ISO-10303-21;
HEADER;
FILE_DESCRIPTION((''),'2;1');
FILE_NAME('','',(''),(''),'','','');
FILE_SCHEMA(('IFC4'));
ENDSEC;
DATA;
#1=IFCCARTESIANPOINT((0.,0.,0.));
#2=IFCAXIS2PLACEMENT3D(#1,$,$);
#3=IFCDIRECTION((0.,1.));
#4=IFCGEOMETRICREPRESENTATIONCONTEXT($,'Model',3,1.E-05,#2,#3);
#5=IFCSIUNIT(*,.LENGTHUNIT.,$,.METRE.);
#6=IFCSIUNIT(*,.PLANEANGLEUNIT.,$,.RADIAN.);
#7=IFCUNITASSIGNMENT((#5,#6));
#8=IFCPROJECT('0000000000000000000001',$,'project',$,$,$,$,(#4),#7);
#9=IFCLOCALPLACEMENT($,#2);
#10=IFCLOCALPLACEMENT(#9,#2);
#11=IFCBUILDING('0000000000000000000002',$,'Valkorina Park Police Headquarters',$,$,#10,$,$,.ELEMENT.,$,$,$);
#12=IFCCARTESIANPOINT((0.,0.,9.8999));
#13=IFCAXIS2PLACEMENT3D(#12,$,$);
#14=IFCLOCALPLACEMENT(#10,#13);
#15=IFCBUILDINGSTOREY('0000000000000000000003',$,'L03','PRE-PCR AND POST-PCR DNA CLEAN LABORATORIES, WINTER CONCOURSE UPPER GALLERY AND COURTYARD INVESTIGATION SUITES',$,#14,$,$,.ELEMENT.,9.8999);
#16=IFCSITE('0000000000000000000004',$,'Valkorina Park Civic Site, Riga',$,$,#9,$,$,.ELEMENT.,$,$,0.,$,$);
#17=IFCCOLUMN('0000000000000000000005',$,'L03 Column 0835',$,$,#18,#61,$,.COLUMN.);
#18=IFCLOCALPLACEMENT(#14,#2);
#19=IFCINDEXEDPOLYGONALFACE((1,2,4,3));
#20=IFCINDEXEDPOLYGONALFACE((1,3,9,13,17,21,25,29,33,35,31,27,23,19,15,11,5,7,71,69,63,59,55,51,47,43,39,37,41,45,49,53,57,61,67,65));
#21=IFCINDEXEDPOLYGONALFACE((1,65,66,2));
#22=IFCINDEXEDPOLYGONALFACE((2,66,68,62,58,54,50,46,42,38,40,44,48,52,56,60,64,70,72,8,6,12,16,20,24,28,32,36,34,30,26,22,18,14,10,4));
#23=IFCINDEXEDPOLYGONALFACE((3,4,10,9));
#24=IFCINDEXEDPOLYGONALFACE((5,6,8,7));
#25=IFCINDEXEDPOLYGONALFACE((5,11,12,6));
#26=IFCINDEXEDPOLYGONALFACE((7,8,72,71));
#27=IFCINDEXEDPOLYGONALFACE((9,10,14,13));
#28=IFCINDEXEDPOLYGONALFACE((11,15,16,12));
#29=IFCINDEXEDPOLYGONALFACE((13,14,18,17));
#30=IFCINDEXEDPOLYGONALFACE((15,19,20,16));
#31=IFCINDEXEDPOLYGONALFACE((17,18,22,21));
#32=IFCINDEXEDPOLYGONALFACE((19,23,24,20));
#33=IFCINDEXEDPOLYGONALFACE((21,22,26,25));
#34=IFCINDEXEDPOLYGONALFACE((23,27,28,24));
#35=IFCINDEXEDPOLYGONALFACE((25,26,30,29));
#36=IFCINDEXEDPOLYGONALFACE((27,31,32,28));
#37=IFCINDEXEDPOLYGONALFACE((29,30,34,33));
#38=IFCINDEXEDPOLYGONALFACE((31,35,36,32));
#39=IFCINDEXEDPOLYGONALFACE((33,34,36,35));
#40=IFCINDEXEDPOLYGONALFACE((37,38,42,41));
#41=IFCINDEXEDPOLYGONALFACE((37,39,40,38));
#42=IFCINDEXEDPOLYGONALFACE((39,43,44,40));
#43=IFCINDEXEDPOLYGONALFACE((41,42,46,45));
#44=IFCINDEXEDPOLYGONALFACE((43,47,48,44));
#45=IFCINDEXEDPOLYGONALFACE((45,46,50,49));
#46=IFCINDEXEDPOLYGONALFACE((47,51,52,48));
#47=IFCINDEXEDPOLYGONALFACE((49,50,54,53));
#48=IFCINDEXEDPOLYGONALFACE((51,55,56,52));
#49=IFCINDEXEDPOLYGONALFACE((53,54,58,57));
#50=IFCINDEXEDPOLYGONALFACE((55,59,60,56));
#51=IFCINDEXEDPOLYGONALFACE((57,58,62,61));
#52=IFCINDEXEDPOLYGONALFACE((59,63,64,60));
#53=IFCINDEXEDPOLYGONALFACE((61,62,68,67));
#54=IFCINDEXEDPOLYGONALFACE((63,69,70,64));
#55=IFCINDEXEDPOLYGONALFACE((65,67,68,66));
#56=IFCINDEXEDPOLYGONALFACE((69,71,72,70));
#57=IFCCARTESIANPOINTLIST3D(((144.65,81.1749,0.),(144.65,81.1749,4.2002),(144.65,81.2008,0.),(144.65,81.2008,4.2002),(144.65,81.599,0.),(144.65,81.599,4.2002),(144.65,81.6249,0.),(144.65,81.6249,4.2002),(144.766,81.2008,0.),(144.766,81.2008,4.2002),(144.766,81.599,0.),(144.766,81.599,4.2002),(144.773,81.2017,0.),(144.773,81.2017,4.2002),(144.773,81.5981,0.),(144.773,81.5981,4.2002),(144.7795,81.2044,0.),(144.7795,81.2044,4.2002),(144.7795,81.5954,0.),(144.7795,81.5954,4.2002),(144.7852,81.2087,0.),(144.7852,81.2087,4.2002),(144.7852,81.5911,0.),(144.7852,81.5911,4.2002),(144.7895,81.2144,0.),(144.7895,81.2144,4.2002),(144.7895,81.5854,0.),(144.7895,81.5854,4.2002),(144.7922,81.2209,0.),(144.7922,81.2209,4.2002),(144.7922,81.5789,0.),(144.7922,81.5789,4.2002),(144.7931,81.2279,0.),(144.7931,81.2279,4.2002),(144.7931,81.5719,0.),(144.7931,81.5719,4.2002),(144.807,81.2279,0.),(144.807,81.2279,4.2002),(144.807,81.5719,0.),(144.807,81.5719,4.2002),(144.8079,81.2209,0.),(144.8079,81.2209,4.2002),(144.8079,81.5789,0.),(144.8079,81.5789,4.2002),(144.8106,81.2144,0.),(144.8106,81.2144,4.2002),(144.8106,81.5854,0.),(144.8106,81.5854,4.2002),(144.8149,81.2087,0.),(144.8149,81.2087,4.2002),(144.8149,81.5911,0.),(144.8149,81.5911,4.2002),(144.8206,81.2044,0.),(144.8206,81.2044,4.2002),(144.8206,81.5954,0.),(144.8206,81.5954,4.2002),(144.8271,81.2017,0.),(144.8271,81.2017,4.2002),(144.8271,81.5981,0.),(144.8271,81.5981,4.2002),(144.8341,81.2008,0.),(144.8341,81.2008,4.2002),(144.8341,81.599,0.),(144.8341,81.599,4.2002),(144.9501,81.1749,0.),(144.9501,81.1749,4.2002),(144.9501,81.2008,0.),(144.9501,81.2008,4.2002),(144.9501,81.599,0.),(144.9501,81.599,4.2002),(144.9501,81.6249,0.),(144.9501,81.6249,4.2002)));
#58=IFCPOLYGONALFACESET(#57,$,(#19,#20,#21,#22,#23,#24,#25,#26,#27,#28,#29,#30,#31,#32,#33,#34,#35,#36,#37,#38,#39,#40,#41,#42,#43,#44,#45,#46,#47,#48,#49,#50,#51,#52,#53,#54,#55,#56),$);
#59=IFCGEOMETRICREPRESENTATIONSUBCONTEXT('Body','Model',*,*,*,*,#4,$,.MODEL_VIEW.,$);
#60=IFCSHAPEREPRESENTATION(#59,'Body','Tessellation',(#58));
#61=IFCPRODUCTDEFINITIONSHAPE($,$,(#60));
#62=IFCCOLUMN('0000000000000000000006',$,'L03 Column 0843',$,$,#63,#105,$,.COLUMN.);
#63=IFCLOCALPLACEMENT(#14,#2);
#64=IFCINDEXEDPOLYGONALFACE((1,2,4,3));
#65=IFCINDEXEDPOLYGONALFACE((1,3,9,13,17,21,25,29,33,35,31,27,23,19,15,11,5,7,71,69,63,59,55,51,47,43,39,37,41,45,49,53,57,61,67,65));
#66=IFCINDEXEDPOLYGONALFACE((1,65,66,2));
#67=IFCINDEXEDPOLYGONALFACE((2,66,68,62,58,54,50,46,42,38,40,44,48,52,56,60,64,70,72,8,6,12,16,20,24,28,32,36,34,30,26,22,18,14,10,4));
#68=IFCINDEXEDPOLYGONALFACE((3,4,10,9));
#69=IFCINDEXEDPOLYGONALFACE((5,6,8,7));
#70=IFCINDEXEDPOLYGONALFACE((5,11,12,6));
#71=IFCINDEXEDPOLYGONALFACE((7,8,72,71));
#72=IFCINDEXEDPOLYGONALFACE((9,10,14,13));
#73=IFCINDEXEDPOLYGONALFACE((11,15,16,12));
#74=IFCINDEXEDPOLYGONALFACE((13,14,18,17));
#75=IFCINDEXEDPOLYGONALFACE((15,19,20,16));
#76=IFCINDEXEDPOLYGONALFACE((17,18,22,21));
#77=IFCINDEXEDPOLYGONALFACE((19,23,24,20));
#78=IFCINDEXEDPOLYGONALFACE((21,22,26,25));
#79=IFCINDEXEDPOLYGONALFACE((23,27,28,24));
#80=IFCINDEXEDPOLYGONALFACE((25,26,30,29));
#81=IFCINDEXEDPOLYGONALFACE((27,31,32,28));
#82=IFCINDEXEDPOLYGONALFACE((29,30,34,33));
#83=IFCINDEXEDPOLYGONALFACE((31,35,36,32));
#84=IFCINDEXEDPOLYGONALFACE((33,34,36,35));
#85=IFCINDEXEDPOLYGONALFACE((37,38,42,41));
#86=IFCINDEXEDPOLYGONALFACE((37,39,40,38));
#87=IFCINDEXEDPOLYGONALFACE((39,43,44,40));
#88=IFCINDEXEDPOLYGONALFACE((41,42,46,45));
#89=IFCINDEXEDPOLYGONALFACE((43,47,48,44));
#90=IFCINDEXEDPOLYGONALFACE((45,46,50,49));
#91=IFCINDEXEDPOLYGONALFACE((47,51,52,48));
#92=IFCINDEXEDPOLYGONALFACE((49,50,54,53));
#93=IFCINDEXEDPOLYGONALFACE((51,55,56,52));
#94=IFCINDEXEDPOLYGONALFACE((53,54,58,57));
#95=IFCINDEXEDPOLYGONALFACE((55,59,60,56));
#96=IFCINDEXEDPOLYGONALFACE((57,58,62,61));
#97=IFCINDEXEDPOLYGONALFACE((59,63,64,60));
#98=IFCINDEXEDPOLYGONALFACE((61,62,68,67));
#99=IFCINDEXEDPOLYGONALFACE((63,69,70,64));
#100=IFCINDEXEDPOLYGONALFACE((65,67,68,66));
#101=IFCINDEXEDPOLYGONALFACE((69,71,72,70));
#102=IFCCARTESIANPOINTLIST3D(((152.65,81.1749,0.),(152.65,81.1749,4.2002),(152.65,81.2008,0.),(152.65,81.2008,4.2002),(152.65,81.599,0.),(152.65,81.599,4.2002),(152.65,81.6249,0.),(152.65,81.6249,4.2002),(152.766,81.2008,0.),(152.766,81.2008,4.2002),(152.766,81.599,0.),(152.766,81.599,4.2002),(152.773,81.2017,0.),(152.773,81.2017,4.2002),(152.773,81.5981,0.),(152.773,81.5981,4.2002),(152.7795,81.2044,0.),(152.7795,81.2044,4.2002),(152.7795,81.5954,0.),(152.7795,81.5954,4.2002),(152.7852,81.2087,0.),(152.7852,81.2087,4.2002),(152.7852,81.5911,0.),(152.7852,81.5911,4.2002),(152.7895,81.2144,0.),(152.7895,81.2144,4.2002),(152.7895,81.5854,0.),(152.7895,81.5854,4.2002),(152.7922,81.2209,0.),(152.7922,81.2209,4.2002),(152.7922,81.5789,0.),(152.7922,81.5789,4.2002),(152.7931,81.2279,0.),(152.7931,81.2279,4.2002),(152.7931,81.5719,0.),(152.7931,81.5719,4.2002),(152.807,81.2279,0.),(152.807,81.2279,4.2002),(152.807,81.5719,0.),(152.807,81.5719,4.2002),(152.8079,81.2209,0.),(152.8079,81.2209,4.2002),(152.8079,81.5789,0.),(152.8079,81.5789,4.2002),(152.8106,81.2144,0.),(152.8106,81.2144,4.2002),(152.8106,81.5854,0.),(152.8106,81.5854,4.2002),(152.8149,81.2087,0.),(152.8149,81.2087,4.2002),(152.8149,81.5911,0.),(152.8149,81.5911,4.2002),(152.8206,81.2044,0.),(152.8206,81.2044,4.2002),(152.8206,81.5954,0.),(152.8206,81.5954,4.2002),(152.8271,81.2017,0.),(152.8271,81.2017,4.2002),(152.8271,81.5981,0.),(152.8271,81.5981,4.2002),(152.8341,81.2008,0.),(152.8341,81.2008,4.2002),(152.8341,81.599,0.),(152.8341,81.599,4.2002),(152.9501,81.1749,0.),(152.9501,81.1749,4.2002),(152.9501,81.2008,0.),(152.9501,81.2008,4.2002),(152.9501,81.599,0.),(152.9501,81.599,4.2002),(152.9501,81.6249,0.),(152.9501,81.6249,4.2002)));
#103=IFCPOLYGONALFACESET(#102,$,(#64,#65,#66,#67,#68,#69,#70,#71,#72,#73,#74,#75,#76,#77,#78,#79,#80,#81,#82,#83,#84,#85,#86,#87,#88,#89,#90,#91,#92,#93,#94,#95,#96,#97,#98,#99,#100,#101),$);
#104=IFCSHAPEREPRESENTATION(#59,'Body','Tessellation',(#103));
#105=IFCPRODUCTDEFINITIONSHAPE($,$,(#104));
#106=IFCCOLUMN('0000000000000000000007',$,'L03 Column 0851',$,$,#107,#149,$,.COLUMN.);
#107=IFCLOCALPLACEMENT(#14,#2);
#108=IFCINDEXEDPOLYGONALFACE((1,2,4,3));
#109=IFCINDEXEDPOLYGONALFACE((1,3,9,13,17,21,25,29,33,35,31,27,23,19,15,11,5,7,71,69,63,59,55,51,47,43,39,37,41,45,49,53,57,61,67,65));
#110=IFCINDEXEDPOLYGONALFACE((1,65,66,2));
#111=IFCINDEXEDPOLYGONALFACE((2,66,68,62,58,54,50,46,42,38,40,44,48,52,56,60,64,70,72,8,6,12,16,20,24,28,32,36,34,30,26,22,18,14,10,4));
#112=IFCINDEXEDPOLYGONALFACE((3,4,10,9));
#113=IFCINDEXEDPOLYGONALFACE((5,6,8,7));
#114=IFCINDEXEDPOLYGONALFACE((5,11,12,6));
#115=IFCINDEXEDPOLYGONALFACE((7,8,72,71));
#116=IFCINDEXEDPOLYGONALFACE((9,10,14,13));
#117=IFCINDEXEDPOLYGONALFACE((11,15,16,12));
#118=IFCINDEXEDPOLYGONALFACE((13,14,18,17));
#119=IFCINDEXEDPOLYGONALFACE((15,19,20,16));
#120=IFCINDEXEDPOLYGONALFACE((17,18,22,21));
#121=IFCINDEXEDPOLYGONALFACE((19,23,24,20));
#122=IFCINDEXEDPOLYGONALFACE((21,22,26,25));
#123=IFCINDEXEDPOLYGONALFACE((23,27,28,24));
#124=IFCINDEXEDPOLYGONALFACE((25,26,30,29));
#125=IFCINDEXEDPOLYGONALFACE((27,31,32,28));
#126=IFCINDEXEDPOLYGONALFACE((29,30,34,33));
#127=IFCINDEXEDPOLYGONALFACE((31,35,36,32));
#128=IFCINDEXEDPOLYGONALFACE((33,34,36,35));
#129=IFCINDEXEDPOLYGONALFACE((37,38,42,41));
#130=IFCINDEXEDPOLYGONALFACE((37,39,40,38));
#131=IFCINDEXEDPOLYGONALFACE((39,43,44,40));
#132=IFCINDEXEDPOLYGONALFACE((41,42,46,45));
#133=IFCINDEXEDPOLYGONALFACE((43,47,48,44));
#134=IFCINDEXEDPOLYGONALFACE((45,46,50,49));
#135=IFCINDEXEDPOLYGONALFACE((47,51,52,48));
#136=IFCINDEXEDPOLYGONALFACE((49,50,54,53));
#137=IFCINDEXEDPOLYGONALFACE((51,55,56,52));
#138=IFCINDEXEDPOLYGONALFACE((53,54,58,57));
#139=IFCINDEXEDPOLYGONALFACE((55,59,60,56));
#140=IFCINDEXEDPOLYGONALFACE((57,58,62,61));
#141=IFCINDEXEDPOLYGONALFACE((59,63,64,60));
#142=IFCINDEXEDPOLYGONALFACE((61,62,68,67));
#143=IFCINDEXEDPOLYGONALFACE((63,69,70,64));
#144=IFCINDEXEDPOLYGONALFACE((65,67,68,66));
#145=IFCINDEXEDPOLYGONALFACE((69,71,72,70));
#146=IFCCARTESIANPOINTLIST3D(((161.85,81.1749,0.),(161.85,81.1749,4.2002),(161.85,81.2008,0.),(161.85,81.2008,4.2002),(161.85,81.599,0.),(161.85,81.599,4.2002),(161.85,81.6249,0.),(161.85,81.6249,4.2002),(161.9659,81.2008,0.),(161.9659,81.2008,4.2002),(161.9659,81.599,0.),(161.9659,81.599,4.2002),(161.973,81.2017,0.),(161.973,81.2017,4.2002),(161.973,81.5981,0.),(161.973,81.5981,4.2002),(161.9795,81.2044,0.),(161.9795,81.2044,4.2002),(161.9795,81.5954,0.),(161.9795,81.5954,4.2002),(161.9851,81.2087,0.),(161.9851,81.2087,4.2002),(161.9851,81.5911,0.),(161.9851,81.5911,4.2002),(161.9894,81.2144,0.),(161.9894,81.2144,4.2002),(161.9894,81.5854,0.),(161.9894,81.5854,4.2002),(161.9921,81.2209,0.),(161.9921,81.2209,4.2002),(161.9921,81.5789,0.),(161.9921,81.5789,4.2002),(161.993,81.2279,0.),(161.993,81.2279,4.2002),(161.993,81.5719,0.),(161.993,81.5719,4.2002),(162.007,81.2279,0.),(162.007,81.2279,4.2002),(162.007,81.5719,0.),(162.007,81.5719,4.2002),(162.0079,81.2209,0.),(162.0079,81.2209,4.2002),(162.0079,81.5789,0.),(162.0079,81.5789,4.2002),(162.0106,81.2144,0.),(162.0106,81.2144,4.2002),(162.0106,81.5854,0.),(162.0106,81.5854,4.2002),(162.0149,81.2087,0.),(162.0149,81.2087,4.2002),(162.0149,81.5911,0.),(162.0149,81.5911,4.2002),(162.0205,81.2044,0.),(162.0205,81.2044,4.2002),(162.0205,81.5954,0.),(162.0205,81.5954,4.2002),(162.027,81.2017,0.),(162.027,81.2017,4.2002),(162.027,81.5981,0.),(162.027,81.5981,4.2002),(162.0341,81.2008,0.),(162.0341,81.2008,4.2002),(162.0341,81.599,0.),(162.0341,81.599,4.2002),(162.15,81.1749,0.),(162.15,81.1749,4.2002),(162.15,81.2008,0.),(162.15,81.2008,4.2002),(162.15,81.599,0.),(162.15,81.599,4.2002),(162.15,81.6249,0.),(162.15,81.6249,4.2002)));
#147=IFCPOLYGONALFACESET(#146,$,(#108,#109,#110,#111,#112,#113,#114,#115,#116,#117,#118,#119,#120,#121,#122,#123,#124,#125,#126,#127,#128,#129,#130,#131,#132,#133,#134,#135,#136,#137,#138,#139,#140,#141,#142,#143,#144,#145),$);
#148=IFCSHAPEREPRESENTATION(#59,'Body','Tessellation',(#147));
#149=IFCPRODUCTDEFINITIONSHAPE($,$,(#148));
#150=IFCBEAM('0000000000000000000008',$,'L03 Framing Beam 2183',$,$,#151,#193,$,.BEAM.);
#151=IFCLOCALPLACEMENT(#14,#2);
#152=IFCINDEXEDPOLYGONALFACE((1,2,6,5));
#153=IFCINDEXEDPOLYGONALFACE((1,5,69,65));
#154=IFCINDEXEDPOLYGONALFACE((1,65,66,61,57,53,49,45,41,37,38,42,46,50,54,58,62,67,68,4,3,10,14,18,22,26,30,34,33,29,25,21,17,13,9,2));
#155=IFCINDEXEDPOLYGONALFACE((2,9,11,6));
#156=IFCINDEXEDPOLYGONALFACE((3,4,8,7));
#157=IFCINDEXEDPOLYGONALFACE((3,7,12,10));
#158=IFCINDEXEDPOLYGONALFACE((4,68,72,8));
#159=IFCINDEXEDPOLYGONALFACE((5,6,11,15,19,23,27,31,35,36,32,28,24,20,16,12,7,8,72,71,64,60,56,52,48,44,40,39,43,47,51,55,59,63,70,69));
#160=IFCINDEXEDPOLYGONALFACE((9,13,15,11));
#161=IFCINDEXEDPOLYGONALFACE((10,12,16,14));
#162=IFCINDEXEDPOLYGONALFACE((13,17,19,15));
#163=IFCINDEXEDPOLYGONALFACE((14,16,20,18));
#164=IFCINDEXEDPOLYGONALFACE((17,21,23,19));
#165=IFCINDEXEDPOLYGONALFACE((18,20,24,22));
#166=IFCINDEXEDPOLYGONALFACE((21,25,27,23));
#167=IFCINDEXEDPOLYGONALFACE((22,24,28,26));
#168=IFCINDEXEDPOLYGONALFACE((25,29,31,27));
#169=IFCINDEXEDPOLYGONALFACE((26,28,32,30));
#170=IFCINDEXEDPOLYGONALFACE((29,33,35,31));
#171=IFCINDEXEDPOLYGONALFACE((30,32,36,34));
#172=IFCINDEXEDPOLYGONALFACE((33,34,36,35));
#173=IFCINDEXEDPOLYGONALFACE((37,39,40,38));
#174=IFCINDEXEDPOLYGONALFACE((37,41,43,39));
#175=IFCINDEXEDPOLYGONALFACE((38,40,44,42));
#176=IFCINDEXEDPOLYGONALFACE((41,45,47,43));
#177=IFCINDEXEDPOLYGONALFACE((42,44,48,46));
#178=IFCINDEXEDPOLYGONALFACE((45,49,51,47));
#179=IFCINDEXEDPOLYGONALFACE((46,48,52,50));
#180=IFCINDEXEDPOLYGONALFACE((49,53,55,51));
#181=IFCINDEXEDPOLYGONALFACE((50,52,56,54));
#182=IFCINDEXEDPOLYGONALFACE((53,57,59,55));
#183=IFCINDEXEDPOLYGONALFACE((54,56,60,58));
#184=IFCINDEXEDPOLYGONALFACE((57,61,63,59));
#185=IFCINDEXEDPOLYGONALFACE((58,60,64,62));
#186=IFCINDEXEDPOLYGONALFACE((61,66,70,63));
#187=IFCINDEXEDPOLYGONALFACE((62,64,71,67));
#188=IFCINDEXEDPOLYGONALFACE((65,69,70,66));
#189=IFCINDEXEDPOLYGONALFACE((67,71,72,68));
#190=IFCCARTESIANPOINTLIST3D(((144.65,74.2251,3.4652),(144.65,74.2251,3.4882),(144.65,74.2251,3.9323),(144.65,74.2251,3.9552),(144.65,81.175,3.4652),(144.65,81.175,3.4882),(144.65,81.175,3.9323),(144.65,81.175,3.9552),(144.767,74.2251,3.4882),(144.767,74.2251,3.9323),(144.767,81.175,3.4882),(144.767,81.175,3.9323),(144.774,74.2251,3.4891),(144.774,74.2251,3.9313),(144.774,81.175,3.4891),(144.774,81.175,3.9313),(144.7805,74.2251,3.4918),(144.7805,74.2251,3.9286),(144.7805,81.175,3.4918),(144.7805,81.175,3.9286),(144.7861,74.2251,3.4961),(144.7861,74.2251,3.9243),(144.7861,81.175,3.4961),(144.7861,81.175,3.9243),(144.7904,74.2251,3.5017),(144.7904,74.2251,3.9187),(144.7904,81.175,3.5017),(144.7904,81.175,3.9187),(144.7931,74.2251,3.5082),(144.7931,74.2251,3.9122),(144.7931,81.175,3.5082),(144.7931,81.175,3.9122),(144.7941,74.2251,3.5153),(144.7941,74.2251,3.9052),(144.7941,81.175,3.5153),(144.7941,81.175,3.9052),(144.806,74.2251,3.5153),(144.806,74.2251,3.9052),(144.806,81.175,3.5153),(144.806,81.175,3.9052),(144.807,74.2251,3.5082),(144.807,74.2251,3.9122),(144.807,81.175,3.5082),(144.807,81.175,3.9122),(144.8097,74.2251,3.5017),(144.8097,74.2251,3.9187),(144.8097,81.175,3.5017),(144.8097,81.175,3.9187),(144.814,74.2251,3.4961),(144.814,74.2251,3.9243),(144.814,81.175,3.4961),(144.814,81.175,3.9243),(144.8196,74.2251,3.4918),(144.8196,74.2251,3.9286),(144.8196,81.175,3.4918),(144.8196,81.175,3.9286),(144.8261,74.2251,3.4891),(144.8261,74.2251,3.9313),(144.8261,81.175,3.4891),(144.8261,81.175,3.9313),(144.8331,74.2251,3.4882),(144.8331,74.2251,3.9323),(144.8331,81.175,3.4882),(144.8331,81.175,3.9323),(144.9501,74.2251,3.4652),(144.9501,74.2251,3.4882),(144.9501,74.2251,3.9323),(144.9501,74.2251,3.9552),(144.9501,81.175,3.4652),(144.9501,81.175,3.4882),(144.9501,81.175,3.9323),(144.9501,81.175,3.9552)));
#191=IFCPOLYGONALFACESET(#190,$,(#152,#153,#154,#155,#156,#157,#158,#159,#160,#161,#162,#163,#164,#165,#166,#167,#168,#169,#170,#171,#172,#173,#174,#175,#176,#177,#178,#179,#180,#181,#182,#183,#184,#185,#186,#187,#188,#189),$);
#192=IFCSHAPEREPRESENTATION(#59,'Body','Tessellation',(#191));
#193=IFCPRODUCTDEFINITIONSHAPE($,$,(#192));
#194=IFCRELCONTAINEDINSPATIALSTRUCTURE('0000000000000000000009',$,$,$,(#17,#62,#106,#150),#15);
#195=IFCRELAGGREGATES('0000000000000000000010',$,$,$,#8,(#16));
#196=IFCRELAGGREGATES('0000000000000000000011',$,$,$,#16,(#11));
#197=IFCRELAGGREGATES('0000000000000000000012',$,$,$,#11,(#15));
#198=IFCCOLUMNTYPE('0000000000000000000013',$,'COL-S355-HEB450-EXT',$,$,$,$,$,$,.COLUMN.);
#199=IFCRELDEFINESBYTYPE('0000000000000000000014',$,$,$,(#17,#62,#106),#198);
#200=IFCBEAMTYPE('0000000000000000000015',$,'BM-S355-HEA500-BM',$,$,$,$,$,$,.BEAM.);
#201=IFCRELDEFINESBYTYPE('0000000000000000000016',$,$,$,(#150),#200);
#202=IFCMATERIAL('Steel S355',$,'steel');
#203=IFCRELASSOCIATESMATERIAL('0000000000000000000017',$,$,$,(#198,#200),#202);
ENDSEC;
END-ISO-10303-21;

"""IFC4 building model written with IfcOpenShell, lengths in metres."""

from ifc_helpers import new_model, si_unit, direction, frame, origin, origin_2d, place, context, subcontext, project, spatial, i_section, extrude, material, material_profile, profile_set, type_object, element, save


model = new_model("IFC4")

# Units and contexts
model_context = context("Model", 3, precision=1e-05, world=origin(), true_north=direction((0.0, 1.0)))
body_context = subcontext(model_context, "Body", "Model", "MODEL_VIEW")
ifc_project = project(units=[si_unit("LENGTHUNIT", "METRE"), si_unit("PLANEANGLEUNIT", "RADIAN")], contexts=[model_context])

# Site, building, storey
site_placement = place(None, origin())
site = spatial("IfcSite", under=ifc_project, at=site_placement, Name="Valkorina Park Civic Site, Riga", CompositionType="ELEMENT", RefElevation=0.0)
building_placement = place(site_placement, origin())
building = spatial("IfcBuilding", under=site, at=building_placement, Name="Valkorina Park Police Headquarters", CompositionType="ELEMENT")
storey_placement = place(building_placement, frame((0.0, 0.0, 9.8999)))
storey = spatial("IfcBuildingStorey", under=building, at=storey_placement, Name="L03", Description="PRE-PCR AND POST-PCR DNA CLEAN LABORATORIES, WINTER CONCOURSE UPPER GALLERY AND COURTYARD INVESTIGATION SUITES", CompositionType="ELEMENT", Elevation=9.8999)

# Columns
ifc_material_1 = material(Name="Steel S355", Category="steel")
ifc_material_profile_1 = material_profile(ifc_material_1, i_section(OverallWidth=0.3, OverallDepth=0.45, WebThickness=0.0139, FlangeThickness=0.0259, FilletRadius=0.0271, at=origin_2d()), Name="HEB 450")
ifc_profile_set_1 = profile_set([ifc_material_profile_1], Name="Steel S355")
column_type = type_object("IfcColumnType", Name="COL-S355-HEB450-EXT", PredefinedType="COLUMN", material=ifc_profile_set_1)
for number, where, z_axis, x_axis, name in (
    (1, (144.8, 81.3999, 0.0), (0.0, 0.0, 1.0), (1.0, 0.0, 0.0), "L03 Column 0835"),
    (2, (152.8, 81.3999, 0.0), (0.0, 0.0, 1.0), (1.0, 0.0, 0.0), "L03 Column 0843"),
    (3, (162.0, 81.3999, 0.0), (0.0, 0.0, 1.0), (1.0, 0.0, 0.0), "L03 Column 0851"),
):
    element("IfcColumn", number, at=place(storey_placement, frame(where, z_axis=z_axis, x_axis=x_axis)), inside=storey, type_object=column_type, Name=name, PredefinedType="COLUMN", context=body_context, shape_type="SweptSolid", body=[
        extrude(i_section(OverallWidth=0.3, OverallDepth=0.45, WebThickness=0.0139, FlangeThickness=0.0259, FilletRadius=0.0271, at=origin_2d()), origin(), (0.0, 0.0, 1.0), 4.2002),
    ])

# Beam
ifc_material_profile_2 = material_profile(ifc_material_1, i_section(OverallWidth=0.3, OverallDepth=0.49, WebThickness=0.012, FlangeThickness=0.0229, FilletRadius=0.0271, at=origin_2d()), Name="HEA 500")
ifc_profile_set_2 = profile_set([ifc_material_profile_2], Name="Steel S355")
beam_type_1 = type_object("IfcBeamType", Name="BM-S355-HEA500-BM", PredefinedType="BEAM", material=ifc_profile_set_2)
for number, where, z_axis, x_axis, name in (
    (4, (144.8, 74.2251, 3.7102), (0.0, 1.0, 0.0), (-1.0, 0.0, 0.0), "L03 Framing Beam 2183"),
):
    element("IfcBeam", number, at=place(storey_placement, frame(where, z_axis=z_axis, x_axis=x_axis)), inside=storey, type_object=beam_type_1, Name=name, PredefinedType="BEAM", context=body_context, shape_type="SweptSolid", body=[
        extrude(i_section(OverallWidth=0.3, OverallDepth=0.49, WebThickness=0.012, FlangeThickness=0.0229, FilletRadius=0.0271, at=origin_2d()), origin(), (0.0, 0.0, 1.0), 6.95),
    ])

save(model, "model.ifc")
